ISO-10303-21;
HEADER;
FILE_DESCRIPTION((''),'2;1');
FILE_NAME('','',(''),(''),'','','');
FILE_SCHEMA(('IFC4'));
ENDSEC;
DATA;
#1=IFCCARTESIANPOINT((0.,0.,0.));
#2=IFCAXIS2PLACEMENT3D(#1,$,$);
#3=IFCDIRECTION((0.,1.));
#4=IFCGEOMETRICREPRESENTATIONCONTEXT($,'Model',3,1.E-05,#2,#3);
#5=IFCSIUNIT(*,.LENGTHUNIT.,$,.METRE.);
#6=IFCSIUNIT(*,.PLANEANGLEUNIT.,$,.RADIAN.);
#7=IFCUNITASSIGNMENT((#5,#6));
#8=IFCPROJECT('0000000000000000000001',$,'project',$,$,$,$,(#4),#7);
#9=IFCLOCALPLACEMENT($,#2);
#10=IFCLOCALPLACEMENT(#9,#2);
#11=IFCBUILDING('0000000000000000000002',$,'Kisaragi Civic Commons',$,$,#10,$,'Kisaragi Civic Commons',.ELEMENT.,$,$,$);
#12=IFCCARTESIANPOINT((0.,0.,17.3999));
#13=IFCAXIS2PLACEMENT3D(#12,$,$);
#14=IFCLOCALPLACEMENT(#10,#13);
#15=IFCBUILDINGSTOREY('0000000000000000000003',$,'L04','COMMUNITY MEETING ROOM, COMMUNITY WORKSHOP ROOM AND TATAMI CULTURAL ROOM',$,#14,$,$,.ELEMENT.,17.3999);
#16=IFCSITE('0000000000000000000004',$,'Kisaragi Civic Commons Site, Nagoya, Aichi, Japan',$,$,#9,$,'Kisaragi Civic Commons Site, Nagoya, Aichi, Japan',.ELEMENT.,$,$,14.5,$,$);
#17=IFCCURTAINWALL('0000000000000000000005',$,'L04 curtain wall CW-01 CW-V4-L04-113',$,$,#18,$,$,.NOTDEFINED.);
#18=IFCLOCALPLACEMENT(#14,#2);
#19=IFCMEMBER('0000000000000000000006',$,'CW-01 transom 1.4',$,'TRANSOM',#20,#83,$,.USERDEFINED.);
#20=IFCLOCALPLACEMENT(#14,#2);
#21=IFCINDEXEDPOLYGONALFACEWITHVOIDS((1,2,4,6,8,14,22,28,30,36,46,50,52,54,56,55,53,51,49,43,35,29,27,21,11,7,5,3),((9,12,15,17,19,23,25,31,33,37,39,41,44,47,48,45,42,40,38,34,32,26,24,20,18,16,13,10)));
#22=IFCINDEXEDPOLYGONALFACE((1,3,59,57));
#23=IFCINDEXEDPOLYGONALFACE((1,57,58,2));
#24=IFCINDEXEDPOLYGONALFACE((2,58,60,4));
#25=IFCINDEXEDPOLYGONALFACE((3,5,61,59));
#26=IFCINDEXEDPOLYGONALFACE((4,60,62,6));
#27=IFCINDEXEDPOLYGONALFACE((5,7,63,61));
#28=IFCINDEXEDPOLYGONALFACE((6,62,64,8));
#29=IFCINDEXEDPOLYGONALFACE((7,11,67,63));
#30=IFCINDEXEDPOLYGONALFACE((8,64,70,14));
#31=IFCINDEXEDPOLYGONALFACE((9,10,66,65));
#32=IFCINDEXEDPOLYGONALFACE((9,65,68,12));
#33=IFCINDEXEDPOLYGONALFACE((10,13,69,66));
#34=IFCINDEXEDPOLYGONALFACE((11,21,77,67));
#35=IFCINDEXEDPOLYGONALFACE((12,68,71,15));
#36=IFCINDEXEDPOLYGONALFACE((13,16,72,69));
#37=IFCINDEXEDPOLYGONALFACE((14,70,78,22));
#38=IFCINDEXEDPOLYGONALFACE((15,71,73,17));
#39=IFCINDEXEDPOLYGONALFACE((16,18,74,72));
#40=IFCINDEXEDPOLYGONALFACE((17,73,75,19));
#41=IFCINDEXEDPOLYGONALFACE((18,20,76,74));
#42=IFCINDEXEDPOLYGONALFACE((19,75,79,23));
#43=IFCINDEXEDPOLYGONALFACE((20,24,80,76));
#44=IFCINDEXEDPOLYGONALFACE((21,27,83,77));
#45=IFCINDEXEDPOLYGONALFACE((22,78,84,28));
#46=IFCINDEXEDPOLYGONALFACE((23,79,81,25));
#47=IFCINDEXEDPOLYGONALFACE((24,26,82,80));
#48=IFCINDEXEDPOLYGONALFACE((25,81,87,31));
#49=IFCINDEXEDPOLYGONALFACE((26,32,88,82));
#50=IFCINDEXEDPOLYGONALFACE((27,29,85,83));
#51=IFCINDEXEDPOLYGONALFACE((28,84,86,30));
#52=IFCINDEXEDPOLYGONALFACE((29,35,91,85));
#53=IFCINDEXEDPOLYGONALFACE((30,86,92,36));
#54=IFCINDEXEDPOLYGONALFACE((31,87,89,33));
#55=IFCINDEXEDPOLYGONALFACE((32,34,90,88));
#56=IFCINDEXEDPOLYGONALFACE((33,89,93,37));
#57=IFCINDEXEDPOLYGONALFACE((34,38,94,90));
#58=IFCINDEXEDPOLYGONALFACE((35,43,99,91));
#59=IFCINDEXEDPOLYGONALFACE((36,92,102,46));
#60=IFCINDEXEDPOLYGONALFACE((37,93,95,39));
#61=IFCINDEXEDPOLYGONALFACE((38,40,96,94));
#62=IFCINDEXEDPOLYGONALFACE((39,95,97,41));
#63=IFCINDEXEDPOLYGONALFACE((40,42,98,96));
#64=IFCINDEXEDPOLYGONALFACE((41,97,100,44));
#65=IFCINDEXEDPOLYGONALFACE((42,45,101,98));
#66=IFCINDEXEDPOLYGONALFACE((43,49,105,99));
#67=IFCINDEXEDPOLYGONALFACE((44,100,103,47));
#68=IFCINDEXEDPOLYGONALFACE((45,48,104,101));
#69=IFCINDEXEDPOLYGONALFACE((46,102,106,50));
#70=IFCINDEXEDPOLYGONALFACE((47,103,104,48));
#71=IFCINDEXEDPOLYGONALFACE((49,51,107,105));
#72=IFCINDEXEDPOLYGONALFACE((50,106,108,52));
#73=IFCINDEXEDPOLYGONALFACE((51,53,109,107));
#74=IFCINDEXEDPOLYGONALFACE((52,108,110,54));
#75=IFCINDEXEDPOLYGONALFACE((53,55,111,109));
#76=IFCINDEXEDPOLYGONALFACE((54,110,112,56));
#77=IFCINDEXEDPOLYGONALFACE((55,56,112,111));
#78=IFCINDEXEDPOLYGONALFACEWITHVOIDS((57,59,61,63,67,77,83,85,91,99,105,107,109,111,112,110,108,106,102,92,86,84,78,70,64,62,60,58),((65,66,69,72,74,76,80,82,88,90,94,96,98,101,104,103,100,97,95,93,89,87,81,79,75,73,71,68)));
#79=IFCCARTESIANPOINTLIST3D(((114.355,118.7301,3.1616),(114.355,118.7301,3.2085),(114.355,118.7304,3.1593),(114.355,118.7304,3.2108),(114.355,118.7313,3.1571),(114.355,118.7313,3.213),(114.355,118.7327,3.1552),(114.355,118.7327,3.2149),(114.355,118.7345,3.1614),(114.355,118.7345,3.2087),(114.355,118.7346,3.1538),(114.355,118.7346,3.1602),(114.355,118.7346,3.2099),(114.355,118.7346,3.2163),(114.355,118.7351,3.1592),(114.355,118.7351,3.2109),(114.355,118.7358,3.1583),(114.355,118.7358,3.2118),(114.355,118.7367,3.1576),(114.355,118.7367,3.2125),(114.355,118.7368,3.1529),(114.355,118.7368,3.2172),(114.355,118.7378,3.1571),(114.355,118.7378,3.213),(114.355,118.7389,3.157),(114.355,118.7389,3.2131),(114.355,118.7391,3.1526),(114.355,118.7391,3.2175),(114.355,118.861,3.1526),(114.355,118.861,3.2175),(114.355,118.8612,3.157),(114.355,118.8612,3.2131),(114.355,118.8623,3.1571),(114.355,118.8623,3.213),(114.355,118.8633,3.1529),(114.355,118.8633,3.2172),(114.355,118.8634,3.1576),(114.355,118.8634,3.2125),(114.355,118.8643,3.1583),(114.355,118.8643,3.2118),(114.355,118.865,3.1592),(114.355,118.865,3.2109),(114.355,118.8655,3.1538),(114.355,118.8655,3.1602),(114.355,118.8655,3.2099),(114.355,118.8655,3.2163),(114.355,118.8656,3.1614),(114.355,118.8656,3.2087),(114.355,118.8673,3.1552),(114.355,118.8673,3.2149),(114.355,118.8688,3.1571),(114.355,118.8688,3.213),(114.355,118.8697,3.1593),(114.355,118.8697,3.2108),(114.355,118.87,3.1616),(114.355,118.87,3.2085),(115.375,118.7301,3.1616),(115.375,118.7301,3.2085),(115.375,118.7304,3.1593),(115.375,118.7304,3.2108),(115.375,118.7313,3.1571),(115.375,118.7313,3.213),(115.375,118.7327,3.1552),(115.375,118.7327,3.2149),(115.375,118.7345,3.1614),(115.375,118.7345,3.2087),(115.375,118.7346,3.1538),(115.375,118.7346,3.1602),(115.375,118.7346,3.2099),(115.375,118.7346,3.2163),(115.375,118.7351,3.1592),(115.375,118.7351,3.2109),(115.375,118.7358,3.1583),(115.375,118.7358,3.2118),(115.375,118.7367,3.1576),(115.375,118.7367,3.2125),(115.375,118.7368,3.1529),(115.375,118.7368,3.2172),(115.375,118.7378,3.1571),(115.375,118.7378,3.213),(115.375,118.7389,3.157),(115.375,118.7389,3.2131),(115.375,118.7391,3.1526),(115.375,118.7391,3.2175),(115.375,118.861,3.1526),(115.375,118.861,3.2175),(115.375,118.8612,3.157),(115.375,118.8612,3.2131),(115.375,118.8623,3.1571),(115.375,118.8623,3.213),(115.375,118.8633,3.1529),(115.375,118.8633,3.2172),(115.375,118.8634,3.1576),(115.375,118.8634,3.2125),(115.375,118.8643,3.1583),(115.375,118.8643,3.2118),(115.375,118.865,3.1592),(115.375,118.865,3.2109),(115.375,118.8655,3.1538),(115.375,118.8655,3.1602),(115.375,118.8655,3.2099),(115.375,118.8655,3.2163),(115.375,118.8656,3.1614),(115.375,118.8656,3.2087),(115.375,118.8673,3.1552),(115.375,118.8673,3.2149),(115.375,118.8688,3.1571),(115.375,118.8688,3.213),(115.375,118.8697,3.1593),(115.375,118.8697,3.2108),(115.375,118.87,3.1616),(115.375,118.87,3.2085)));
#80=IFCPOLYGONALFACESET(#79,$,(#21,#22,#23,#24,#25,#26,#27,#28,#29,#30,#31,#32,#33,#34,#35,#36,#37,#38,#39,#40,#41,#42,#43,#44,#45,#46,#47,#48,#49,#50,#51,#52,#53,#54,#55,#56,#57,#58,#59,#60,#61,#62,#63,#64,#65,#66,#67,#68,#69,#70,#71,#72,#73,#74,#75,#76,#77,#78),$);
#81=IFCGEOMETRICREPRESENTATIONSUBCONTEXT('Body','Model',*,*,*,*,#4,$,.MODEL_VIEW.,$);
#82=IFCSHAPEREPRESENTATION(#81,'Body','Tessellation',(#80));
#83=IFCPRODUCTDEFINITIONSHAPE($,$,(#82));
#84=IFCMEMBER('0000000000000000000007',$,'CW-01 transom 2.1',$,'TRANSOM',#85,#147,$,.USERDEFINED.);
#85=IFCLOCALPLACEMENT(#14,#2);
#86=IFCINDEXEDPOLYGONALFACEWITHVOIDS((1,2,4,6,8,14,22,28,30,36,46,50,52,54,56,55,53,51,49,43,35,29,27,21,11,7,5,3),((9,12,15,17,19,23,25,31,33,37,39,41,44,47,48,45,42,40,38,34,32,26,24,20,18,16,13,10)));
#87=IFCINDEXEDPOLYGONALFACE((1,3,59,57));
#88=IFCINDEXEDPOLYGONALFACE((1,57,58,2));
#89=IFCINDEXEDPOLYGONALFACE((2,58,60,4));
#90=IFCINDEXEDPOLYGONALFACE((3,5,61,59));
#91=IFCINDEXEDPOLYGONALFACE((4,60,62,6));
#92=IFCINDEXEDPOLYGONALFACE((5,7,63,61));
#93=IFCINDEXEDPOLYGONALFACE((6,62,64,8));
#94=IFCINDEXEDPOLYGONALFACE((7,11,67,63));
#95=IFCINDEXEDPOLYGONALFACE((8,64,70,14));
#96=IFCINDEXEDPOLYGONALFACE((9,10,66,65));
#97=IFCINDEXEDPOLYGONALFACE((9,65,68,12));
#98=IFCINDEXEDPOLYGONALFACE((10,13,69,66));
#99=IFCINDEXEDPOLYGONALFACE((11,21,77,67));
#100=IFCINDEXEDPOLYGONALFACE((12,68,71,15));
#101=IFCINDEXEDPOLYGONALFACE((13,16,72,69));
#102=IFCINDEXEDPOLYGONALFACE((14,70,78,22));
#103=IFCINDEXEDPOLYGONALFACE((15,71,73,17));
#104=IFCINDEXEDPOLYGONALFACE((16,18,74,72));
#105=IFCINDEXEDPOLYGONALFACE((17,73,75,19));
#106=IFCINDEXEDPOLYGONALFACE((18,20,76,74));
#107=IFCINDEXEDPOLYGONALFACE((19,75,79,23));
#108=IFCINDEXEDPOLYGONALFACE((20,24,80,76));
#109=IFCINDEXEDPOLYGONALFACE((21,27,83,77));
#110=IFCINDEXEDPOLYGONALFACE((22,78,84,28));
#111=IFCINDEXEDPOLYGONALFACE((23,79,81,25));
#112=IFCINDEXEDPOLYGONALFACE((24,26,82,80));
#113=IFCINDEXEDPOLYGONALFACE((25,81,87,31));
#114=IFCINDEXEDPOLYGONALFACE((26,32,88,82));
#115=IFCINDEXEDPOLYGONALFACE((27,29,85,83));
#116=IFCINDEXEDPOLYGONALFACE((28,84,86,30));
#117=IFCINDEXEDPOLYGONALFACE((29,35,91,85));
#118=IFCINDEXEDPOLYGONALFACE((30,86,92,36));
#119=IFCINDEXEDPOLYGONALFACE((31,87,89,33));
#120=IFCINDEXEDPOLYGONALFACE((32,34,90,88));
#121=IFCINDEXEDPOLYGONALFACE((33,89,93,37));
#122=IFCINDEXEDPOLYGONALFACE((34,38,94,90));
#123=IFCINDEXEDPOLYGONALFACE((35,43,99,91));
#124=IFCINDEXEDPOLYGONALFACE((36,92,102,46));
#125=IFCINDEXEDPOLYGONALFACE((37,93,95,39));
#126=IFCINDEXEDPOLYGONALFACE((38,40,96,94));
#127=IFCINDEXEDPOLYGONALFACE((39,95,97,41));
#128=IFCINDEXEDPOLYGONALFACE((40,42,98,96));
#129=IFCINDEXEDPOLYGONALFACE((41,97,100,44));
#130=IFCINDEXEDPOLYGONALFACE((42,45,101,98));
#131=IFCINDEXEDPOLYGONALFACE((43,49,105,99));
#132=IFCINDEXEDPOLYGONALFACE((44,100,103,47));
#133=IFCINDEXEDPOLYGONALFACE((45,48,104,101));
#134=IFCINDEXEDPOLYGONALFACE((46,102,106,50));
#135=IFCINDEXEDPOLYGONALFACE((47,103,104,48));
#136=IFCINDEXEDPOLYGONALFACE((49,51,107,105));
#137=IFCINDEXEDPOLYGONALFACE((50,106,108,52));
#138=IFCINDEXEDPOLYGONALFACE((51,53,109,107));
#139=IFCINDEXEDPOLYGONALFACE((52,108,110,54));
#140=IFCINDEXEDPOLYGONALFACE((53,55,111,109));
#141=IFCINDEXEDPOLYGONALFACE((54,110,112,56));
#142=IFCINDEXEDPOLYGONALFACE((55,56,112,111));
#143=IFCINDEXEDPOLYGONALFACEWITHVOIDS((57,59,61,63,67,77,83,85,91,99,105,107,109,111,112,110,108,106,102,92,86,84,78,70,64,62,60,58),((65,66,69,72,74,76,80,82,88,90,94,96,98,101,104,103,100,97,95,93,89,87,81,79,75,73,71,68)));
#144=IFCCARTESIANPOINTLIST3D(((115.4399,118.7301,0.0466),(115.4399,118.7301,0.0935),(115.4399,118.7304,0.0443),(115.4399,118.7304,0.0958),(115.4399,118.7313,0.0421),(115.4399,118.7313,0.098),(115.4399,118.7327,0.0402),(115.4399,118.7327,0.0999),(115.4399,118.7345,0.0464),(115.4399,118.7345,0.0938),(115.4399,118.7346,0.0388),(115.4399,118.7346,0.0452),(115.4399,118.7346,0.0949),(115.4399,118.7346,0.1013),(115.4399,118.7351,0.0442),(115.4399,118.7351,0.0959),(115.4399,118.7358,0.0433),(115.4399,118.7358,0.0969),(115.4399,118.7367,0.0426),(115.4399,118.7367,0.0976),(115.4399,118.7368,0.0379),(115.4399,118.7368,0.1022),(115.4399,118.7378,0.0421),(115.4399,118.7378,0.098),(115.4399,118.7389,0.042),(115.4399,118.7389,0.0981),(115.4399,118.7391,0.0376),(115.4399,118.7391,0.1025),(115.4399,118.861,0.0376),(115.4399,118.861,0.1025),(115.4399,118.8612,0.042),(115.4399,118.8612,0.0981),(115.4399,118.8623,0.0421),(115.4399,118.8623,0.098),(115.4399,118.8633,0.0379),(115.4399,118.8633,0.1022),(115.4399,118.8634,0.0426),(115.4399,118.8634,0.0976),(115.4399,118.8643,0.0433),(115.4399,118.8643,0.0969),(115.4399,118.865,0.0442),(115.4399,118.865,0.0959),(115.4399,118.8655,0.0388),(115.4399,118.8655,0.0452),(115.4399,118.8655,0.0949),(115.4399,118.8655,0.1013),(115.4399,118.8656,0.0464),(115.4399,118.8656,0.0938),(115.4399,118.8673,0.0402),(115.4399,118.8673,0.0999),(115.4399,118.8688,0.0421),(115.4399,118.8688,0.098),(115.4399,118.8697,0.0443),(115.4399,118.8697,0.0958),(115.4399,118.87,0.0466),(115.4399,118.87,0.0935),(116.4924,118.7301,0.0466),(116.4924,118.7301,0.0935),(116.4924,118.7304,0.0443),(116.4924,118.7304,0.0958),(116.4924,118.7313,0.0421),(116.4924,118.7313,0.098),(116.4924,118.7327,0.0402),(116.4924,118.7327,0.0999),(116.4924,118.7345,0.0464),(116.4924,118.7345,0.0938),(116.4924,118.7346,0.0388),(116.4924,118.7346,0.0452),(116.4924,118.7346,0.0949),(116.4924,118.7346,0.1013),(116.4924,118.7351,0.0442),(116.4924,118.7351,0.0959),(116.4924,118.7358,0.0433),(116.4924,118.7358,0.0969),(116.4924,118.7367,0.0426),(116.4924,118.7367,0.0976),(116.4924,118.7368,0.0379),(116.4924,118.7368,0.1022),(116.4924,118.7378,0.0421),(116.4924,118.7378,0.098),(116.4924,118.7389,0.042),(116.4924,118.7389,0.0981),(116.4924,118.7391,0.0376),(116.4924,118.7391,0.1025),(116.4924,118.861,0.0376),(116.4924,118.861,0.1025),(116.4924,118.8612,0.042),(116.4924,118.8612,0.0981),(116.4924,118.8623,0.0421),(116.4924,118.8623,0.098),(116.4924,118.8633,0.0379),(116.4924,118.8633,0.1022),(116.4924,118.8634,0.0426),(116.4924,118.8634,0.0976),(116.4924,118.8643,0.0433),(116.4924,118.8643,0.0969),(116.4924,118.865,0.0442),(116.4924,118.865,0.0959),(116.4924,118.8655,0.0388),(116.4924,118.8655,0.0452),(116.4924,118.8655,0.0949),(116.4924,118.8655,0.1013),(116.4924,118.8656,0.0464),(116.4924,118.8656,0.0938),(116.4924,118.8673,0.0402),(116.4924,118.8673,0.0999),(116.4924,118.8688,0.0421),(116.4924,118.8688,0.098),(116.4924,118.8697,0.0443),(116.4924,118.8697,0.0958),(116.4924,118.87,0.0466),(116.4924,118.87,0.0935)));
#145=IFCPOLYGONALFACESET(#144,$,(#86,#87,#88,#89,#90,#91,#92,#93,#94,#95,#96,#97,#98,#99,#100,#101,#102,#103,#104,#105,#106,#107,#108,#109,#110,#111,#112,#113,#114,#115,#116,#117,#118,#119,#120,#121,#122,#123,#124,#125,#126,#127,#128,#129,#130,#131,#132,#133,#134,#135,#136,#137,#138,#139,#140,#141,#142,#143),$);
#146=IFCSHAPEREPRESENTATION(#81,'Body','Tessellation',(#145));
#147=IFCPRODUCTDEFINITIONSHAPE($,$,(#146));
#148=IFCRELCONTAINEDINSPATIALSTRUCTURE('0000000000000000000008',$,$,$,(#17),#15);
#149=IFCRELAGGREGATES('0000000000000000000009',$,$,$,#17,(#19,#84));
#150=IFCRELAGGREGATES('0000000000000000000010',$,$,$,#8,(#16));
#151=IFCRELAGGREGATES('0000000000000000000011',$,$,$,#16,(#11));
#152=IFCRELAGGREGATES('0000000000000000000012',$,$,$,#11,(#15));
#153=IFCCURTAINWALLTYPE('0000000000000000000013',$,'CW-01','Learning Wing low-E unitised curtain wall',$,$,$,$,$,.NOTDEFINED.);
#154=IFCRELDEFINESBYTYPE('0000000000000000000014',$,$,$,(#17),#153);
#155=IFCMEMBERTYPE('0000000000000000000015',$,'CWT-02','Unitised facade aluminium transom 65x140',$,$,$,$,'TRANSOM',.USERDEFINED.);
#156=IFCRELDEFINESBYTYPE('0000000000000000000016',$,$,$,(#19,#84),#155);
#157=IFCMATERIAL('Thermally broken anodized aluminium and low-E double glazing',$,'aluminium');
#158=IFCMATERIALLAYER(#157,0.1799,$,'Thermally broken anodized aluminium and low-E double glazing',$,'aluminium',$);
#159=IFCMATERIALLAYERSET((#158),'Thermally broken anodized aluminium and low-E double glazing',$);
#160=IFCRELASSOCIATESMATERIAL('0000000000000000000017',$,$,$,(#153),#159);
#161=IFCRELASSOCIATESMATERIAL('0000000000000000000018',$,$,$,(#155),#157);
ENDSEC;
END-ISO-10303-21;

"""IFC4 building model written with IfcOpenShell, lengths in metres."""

from ifc_helpers import new_model, si_unit, direction, frame, origin, origin_2d, place, context, subcontext, project, spatial, hollow_rectangle, extrude, material, layer, layer_set, material_profile, profile_set, type_object, element, aggregate, save


model = new_model("IFC4")

# Units and contexts
model_context = context("Model", 3, precision=1e-05, world=origin(), true_north=direction((0.0, 1.0)))
body_context = subcontext(model_context, "Body", "Model", "MODEL_VIEW")
ifc_project = project(units=[si_unit("LENGTHUNIT", "METRE"), si_unit("PLANEANGLEUNIT", "RADIAN")], contexts=[model_context])

# Site, building, storey
site_placement = place(None, origin())
site = spatial("IfcSite", under=ifc_project, at=site_placement, Name="Kisaragi Civic Commons Site, Nagoya, Aichi, Japan", LongName="Kisaragi Civic Commons Site, Nagoya, Aichi, Japan", CompositionType="ELEMENT", RefElevation=14.5)
building_placement = place(site_placement, origin())
building = spatial("IfcBuilding", under=site, at=building_placement, Name="Kisaragi Civic Commons", LongName="Kisaragi Civic Commons", CompositionType="ELEMENT")
storey_placement = place(building_placement, frame((0.0, 0.0, 17.3999)))
storey = spatial("IfcBuildingStorey", under=building, at=storey_placement, Name="L04", Description="COMMUNITY MEETING ROOM, COMMUNITY WORKSHOP ROOM AND TATAMI CULTURAL ROOM", CompositionType="ELEMENT", Elevation=17.3999)

# Shared definitions
ifc_material_1 = material(Name="Thermally broken anodized aluminium and low-E double glazing", Category="aluminium")
ifc_layer_1 = layer(ifc_material_1, 0.1799, Name="Thermally broken anodized aluminium and low-E double glazing", Category="aluminium")
ifc_layer_set_1 = layer_set([ifc_layer_1], Name="Thermally broken anodized aluminium and low-E double glazing")
curtain_wall_type = type_object("IfcCurtainWallType", Name="CW-01", Description="Learning Wing low-E unitised curtain wall", PredefinedType="NOTDEFINED", material=ifc_layer_set_1)

# Curtain wall, members
curtain_wall_1_placement = place(storey_placement, origin())
curtain_wall_1 = element("IfcCurtainWall", 1, at=curtain_wall_1_placement, inside=storey, type_object=curtain_wall_type, Name="L04 curtain wall CW-01 CW-V4-L04-113", PredefinedType="NOTDEFINED")
ifc_material_profile_1 = material_profile(ifc_material_1, hollow_rectangle(XDim=0.1399, YDim=0.0649, WallThickness=0.0044, InnerFilletRadius=0.0044, OuterFilletRadius=0.009, at=origin_2d()), Name="CWT-65x140x4.5", Category="aluminium")
ifc_profile_set_1 = profile_set([ifc_material_profile_1], Name="Thermally broken anodized aluminium and low-E double glazing")
member_type_1 = type_object("IfcMemberType", Name="CWT-02", Description="Unitised facade aluminium transom 65x140", ElementType="TRANSOM", PredefinedType="USERDEFINED", material=ifc_profile_set_1)
member_1_placement = place(storey_placement, frame((114.355, 118.8, 3.1851), z_axis=(1.0, 0.0, 0.0), x_axis=(0.0, 1.0, 0.0)))
member_1 = element("IfcMember", 2, at=member_1_placement, type_object=member_type_1, Name="CW-01 transom 1.4", ObjectType="TRANSOM", PredefinedType="USERDEFINED", context=body_context, shape_type="SweptSolid", body=[
    extrude(hollow_rectangle(XDim=0.1399, YDim=0.0649, WallThickness=0.0044, InnerFilletRadius=0.0044, OuterFilletRadius=0.009, at=origin_2d()), origin(), (0.0, 0.0, 1.0), 1.02),
])
member_2_placement = place(storey_placement, frame((115.4399, 118.8, 0.0701), z_axis=(1.0, 0.0, 0.0), x_axis=(0.0, 1.0, 0.0)))
member_2 = element("IfcMember", 3, at=member_2_placement, type_object=member_type_1, Name="CW-01 transom 2.1", ObjectType="TRANSOM", PredefinedType="USERDEFINED", context=body_context, shape_type="SweptSolid", body=[
    extrude(hollow_rectangle(XDim=0.1399, YDim=0.0649, WallThickness=0.0044, InnerFilletRadius=0.0044, OuterFilletRadius=0.009, at=origin_2d()), origin(), (0.0, 0.0, 1.0), 1.0525),
])

aggregate(curtain_wall_1, [member_1, member_2])

save(model, "model.ifc")
